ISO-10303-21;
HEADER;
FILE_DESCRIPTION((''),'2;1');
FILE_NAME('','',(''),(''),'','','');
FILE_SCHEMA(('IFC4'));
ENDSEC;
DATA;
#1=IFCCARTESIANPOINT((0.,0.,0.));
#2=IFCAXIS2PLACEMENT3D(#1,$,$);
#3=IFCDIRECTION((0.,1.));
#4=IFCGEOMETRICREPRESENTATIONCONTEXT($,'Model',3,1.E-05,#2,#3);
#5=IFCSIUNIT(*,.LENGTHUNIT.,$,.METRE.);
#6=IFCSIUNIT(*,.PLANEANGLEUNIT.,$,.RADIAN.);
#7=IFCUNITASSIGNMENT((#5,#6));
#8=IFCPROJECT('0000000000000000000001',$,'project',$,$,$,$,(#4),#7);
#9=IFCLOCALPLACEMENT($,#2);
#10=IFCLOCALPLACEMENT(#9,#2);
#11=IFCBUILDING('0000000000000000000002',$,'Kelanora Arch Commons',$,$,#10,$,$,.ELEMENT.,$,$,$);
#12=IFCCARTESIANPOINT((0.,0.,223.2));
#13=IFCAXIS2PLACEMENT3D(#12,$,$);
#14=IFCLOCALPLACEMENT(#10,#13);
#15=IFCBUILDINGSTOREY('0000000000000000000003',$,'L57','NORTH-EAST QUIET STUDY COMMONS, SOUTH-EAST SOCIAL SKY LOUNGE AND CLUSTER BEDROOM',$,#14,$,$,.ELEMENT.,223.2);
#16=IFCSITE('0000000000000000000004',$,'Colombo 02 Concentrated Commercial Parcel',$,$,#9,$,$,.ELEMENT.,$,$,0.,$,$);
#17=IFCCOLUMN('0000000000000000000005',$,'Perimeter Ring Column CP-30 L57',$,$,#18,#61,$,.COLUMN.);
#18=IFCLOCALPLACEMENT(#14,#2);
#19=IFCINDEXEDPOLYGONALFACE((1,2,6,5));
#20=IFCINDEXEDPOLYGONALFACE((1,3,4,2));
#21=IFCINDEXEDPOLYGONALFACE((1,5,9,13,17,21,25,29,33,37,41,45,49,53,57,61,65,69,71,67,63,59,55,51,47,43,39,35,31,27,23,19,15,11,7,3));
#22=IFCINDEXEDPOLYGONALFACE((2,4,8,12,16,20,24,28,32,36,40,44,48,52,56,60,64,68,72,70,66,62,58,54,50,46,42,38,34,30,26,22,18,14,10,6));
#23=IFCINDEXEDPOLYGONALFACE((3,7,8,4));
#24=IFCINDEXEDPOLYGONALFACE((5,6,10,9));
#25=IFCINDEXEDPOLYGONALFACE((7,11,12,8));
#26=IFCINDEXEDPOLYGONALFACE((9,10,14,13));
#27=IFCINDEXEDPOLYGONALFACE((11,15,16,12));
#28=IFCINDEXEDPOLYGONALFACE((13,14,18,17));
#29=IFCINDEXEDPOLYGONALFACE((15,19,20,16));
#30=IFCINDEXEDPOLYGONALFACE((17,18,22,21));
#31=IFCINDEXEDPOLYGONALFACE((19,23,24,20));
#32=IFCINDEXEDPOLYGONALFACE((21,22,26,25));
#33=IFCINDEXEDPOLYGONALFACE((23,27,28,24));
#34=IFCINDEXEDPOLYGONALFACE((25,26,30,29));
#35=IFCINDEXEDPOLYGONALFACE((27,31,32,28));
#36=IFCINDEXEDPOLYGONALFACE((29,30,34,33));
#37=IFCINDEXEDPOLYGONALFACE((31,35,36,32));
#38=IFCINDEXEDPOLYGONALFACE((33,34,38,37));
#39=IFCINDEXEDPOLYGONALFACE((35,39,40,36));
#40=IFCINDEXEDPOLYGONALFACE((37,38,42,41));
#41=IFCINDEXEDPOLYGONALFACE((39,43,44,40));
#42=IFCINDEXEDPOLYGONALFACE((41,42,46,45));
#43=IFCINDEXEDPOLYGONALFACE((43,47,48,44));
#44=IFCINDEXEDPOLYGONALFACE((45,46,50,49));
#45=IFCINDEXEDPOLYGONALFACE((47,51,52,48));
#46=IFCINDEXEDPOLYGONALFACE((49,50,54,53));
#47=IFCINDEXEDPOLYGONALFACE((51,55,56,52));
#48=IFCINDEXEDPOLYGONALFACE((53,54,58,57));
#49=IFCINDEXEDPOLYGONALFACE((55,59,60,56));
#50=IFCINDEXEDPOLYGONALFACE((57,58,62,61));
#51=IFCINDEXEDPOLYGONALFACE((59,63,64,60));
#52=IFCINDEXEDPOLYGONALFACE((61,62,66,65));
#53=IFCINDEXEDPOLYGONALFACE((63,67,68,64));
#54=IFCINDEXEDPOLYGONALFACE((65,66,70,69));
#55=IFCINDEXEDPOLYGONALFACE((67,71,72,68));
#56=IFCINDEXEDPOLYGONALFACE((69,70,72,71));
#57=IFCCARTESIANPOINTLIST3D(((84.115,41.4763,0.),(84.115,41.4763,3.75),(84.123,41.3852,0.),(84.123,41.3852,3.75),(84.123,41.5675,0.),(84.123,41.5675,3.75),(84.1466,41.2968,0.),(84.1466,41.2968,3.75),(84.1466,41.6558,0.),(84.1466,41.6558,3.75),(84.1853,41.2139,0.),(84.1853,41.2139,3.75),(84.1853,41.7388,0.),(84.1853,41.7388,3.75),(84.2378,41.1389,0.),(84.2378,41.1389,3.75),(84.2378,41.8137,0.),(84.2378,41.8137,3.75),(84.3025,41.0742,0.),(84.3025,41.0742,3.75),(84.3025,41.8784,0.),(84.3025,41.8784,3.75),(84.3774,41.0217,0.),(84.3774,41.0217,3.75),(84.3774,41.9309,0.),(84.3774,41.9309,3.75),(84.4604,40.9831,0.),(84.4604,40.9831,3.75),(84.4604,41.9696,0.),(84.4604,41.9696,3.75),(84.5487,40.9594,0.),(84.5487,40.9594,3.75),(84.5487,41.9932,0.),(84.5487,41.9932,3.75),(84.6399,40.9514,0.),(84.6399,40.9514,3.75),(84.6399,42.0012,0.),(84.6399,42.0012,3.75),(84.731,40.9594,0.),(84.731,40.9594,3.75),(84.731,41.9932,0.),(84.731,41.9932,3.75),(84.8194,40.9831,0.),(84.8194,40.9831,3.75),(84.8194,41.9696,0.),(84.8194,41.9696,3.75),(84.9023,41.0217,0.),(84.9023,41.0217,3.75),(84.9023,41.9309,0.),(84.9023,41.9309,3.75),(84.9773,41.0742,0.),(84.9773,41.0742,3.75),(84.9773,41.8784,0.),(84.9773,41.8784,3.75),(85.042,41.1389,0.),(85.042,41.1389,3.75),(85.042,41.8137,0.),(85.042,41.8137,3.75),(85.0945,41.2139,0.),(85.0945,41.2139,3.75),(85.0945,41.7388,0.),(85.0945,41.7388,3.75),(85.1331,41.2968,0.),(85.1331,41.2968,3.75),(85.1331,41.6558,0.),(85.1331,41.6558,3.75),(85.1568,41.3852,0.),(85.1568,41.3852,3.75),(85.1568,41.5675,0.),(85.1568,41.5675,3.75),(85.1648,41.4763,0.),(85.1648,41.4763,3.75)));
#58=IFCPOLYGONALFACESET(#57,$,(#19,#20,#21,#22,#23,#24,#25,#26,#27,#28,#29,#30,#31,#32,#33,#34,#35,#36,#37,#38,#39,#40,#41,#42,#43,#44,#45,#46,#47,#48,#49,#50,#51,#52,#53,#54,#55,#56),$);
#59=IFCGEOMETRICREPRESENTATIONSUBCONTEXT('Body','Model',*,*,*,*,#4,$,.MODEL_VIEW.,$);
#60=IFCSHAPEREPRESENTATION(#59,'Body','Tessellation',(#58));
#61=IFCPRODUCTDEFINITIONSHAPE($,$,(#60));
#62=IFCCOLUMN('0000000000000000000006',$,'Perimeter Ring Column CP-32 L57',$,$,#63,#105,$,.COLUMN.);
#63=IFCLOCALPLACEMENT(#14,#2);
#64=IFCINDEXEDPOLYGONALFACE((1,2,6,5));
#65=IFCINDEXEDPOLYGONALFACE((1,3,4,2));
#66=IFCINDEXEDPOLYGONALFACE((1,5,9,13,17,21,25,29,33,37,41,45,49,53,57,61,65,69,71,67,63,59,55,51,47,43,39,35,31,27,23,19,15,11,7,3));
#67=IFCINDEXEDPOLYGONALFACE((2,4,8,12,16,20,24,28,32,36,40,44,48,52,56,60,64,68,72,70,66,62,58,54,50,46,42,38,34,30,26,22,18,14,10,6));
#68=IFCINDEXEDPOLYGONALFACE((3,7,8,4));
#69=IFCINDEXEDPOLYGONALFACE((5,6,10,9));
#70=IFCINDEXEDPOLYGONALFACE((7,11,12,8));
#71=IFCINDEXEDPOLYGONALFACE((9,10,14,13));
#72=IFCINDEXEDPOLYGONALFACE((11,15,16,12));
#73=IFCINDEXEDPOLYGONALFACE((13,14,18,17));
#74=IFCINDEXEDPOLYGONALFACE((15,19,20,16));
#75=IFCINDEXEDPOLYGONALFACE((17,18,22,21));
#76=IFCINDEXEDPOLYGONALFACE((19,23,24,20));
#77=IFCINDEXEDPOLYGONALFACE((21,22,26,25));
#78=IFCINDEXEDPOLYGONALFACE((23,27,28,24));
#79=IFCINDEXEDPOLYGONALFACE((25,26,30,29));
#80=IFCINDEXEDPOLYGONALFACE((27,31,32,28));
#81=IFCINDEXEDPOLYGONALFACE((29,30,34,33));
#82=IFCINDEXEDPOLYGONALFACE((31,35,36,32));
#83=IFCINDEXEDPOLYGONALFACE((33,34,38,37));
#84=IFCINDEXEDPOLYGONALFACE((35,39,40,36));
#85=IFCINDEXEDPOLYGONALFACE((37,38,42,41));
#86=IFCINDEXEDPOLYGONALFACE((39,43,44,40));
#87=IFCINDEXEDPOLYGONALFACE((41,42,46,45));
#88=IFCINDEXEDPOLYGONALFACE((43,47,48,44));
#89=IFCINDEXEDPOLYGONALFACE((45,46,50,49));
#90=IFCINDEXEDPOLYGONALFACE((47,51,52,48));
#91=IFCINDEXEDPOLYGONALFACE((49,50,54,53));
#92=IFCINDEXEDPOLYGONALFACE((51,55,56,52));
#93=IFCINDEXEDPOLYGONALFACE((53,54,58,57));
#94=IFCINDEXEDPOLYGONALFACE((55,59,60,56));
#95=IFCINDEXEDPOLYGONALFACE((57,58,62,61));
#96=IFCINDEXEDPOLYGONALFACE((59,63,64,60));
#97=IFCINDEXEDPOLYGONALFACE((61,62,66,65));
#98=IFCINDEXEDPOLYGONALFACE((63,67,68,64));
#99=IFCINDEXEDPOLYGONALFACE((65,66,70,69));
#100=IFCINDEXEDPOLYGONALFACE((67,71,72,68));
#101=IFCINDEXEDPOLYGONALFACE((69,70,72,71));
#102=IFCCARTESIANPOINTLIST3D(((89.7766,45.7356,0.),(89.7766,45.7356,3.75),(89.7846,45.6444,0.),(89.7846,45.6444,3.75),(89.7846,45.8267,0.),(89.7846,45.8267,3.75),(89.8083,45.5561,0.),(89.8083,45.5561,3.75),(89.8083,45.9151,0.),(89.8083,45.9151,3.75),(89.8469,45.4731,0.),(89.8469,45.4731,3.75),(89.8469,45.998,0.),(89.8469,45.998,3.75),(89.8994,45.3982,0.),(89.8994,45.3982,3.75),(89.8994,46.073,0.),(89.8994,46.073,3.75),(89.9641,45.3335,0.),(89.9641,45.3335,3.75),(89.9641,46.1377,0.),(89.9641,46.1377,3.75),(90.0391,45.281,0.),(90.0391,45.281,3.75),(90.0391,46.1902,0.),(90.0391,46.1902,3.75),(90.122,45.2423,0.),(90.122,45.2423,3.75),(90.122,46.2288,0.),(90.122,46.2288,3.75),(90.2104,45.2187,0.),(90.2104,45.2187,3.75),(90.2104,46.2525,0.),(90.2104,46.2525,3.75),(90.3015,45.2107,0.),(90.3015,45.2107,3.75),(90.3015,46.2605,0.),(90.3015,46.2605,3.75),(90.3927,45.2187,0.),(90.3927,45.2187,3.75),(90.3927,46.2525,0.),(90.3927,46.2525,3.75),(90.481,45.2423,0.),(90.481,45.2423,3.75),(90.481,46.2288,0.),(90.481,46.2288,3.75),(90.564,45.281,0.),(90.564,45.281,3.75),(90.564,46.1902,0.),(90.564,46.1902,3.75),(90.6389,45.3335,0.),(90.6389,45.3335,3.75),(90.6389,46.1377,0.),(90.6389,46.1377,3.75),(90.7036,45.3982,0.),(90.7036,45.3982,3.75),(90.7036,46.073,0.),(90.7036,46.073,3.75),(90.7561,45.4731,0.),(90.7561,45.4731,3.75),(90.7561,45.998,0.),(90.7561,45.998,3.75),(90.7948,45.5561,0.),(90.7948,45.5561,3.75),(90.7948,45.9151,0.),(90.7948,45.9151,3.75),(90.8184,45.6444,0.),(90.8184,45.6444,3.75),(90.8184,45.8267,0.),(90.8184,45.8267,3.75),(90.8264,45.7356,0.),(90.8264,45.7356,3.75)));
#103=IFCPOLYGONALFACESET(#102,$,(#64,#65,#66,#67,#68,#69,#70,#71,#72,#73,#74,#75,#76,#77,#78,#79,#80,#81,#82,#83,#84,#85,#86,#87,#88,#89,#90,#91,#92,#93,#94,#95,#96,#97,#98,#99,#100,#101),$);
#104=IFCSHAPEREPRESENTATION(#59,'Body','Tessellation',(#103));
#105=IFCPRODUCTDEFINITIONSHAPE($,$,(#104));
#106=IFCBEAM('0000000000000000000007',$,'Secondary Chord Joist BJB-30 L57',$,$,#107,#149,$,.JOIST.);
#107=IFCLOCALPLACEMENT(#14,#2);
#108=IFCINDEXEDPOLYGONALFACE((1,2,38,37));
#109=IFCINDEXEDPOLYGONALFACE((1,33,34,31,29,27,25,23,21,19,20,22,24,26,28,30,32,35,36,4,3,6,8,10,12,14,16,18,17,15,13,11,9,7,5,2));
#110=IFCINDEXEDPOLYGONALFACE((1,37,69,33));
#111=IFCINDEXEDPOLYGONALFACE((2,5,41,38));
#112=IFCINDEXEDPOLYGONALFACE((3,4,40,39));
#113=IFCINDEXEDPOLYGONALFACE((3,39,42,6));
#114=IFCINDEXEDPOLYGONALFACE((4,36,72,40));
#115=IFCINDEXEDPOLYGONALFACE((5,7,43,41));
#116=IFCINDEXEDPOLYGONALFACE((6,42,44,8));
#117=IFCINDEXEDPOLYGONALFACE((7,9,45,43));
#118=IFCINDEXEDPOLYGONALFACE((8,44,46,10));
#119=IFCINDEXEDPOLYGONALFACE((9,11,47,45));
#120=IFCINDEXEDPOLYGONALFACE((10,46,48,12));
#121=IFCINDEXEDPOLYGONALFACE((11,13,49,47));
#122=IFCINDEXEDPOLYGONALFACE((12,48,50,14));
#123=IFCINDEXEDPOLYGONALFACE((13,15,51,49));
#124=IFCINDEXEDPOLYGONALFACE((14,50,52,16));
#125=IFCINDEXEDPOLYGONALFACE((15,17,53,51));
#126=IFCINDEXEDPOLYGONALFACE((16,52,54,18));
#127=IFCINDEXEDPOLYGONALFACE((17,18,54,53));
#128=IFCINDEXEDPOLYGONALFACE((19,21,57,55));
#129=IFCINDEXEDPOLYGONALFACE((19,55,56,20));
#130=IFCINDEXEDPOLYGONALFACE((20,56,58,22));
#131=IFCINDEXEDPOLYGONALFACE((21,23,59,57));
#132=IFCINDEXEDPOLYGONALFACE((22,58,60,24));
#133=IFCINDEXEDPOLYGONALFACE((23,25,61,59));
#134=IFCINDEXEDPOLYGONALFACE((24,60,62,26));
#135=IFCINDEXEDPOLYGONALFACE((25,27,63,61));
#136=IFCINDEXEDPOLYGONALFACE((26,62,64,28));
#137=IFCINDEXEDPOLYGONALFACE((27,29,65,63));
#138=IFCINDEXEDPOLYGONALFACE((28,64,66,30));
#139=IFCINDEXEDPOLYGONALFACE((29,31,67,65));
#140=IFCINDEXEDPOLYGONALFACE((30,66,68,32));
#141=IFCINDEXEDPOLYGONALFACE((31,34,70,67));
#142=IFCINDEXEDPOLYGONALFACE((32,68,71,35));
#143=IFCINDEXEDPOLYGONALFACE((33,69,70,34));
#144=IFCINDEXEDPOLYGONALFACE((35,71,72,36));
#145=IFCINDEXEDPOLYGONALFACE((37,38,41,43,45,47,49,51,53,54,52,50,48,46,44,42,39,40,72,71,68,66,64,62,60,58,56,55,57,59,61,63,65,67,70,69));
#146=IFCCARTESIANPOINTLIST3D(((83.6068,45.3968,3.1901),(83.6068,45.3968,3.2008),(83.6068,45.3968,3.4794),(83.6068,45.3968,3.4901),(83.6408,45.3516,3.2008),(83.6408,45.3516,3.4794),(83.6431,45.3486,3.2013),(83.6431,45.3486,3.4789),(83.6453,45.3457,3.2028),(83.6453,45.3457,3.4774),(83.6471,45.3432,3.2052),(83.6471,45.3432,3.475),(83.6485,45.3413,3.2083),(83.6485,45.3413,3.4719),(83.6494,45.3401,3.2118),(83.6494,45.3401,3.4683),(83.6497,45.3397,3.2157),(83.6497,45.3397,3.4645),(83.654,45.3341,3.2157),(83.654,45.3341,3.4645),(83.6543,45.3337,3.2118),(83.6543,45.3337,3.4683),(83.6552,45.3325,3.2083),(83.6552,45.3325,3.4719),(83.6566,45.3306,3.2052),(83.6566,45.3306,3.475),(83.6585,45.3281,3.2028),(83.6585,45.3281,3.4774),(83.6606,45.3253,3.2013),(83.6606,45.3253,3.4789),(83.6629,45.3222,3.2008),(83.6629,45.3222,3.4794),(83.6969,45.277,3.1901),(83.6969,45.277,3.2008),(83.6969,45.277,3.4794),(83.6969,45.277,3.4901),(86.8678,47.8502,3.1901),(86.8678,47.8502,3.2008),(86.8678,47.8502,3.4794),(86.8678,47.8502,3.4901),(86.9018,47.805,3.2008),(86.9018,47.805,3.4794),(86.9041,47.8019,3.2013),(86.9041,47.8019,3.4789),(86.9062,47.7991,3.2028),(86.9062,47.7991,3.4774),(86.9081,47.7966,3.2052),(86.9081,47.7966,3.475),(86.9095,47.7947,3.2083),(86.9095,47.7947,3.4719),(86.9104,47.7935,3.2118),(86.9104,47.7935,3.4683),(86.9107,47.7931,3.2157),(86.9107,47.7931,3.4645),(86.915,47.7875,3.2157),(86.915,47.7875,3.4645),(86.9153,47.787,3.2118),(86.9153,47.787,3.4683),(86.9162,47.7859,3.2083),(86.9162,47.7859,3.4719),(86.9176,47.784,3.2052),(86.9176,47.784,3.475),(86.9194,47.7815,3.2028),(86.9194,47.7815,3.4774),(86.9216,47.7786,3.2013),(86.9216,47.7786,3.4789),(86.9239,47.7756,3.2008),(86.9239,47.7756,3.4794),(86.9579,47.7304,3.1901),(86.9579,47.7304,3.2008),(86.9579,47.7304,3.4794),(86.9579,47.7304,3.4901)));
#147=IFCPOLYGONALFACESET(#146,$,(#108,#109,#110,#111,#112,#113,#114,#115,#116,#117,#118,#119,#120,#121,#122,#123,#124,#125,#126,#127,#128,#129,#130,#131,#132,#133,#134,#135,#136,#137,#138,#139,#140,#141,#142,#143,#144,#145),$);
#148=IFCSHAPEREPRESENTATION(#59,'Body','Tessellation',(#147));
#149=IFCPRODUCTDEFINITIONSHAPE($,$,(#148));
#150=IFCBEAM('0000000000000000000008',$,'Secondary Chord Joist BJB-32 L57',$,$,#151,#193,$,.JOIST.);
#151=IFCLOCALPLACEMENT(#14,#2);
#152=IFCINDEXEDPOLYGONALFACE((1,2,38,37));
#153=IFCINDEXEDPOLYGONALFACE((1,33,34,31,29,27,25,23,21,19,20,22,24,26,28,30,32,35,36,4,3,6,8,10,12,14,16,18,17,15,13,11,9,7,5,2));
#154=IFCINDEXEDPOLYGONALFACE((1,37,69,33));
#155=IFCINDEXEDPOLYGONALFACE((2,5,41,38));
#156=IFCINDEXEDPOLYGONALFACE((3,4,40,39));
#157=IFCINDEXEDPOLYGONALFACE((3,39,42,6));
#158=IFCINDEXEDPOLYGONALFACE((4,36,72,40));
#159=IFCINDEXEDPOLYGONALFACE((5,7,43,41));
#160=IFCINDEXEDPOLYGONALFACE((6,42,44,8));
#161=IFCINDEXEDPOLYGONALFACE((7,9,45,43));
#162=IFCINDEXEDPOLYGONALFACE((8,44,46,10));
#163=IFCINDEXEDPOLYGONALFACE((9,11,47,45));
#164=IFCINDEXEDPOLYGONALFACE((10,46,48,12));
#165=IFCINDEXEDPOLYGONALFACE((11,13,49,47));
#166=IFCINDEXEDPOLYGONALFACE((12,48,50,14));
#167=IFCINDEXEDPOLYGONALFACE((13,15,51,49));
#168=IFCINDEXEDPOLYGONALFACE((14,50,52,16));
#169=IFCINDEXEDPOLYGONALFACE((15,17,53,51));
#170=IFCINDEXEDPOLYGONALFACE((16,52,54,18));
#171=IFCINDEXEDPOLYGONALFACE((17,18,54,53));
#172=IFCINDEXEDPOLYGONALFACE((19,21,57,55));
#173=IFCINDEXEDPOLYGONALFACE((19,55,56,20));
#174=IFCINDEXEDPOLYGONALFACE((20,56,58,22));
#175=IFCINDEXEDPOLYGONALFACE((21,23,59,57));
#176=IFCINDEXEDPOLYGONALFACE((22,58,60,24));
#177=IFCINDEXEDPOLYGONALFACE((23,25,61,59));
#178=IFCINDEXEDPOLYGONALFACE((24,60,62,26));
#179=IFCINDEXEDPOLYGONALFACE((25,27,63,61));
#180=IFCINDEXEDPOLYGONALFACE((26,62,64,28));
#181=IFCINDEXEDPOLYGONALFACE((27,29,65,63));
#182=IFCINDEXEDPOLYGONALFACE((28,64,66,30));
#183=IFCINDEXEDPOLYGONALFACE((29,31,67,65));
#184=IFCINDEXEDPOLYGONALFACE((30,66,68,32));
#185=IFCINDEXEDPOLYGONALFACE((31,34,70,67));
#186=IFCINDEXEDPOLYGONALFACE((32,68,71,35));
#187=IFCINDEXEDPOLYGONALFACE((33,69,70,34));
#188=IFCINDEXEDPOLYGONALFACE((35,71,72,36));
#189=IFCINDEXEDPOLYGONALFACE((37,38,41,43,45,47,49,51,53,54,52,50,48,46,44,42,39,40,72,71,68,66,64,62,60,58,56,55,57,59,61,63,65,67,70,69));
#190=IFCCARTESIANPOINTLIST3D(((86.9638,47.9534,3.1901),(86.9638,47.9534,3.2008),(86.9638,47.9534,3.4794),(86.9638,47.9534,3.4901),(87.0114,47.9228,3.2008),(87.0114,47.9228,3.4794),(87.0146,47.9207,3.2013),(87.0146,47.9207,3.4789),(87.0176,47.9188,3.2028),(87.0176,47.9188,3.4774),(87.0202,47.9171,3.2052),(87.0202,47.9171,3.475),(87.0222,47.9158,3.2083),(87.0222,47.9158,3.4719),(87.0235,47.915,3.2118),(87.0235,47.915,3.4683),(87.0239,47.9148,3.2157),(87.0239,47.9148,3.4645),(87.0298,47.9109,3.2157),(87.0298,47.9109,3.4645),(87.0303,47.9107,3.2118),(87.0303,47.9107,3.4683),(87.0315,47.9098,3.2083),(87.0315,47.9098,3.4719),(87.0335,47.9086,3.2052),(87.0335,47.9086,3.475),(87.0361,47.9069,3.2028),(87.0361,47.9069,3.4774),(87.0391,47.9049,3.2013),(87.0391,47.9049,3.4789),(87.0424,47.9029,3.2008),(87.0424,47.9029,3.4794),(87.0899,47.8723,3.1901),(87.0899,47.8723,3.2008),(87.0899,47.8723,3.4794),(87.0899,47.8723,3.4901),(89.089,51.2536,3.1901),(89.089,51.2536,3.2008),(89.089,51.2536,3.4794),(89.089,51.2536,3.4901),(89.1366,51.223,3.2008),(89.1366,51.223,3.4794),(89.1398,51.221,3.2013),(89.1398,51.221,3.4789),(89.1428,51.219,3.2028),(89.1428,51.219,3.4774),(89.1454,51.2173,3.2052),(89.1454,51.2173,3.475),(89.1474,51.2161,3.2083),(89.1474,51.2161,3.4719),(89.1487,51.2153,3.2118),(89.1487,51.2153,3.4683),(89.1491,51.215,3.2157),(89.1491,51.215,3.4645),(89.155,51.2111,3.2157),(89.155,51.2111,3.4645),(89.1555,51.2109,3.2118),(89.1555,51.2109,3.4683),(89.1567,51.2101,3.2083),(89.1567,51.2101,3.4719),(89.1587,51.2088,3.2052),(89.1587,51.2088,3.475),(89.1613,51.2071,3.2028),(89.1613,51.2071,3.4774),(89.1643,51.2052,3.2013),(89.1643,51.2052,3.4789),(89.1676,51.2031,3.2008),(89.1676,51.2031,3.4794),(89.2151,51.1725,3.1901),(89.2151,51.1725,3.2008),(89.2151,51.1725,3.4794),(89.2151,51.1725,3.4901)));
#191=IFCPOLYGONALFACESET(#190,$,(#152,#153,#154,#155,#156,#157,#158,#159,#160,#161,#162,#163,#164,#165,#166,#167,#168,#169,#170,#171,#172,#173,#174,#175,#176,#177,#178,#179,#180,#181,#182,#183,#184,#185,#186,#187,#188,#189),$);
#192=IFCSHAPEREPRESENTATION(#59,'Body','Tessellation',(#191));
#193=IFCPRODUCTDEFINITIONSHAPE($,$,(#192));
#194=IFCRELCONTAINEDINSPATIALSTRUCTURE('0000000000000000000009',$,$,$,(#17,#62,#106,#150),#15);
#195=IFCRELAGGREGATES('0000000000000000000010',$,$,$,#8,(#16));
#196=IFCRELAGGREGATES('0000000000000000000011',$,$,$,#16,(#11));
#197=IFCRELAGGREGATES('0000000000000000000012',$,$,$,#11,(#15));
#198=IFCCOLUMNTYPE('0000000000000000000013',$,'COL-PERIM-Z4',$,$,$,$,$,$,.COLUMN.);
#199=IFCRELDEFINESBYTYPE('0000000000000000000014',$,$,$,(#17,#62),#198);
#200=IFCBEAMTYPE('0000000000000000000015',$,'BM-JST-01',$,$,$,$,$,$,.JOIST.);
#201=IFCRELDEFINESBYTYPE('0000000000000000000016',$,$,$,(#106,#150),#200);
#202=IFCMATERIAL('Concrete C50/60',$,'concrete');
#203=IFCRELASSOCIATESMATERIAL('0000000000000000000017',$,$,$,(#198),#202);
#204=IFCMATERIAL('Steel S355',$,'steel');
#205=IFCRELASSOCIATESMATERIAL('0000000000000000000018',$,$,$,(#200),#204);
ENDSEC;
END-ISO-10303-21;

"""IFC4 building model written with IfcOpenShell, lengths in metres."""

from ifc_helpers import new_model, si_unit, direction, frame, origin, origin_2d, place, context, subcontext, project, spatial, circle, i_section, extrude, material, material_profile, profile_set, type_object, element, save


model = new_model("IFC4")

# Units and contexts
model_context = context("Model", 3, precision=1e-05, world=origin(), true_north=direction((0.0, 1.0)))
body_context = subcontext(model_context, "Body", "Model", "MODEL_VIEW")
ifc_project = project(units=[si_unit("LENGTHUNIT", "METRE"), si_unit("PLANEANGLEUNIT", "RADIAN")], contexts=[model_context])

# Site, building, storey
site_placement = place(None, origin())
site = spatial("IfcSite", under=ifc_project, at=site_placement, Name="Colombo 02 Concentrated Commercial Parcel", CompositionType="ELEMENT", RefElevation=0.0)
building_placement = place(site_placement, origin())
building = spatial("IfcBuilding", under=site, at=building_placement, Name="Kelanora Arch Commons", CompositionType="ELEMENT")
storey_placement = place(building_placement, frame((0.0, 0.0, 223.2)))
storey = spatial("IfcBuildingStorey", under=building, at=storey_placement, Name="L57", Description="NORTH-EAST QUIET STUDY COMMONS, SOUTH-EAST SOCIAL SKY LOUNGE AND CLUSTER BEDROOM", CompositionType="ELEMENT", Elevation=223.2)

# Columns
ifc_material_1 = material(Name="Concrete C50/60", Category="concrete")
ifc_material_profile_1 = material_profile(ifc_material_1, circle(Radius=0.5249, at=origin_2d()), Name="RCC1050")
ifc_profile_set_1 = profile_set([ifc_material_profile_1], Name="Concrete C50/60")
column_type = type_object("IfcColumnType", Name="COL-PERIM-Z4", PredefinedType="COLUMN", material=ifc_profile_set_1)
for number, where, z_axis, x_axis, name in (
    (1, (84.6399, 41.4763, 0.0), (0.0, 0.0, 1.0), (1.0, 0.0, 0.0), "Perimeter Ring Column CP-30 L57"),
    (2, (90.3015, 45.7356, 0.0), (0.0, 0.0, 1.0), (1.0, 0.0, 0.0), "Perimeter Ring Column CP-32 L57"),
):
    element("IfcColumn", number, at=place(storey_placement, frame(where, z_axis=z_axis, x_axis=x_axis)), inside=storey, type_object=column_type, Name=name, PredefinedType="COLUMN", context=body_context, shape_type="SweptSolid", body=[
        extrude(circle(Radius=0.5249, at=origin_2d()), origin(), (0.0, 0.0, 1.0), 3.75),
    ])

# Beams
ifc_material_2 = material(Name="Steel S355", Category="steel")
ifc_material_profile_2 = material_profile(ifc_material_2, i_section(OverallWidth=0.1499, OverallDepth=0.3, WebThickness=0.0071, FlangeThickness=0.0107, FilletRadius=0.0149, at=origin_2d()), Name="IPE300")
ifc_profile_set_2 = profile_set([ifc_material_profile_2], Name="Steel S355")
beam_type_1 = type_object("IfcBeamType", Name="BM-JST-01", PredefinedType="JOIST", material=ifc_profile_set_2)
beam_1_placement = place(storey_placement, frame((83.6519, 45.3369, 3.3401), z_axis=(0.799102, 0.601196, 0.0), x_axis=(-0.601196, 0.799102, 0.0)))
element("IfcBeam", 3, at=beam_1_placement, inside=storey, type_object=beam_type_1, Name="Secondary Chord Joist BJB-30 L57", PredefinedType="JOIST", context=body_context, shape_type="SweptSolid", body=[
    extrude(i_section(OverallWidth=0.1499, OverallDepth=0.3, WebThickness=0.0071, FlangeThickness=0.0107, FilletRadius=0.0149, at=origin_2d()), origin(), (0.0, 0.0, 1.0), 4.0808),
])
beam_2_placement = place(storey_placement, frame((87.0269, 47.9128, 3.3401), z_axis=(0.541411, 0.840758, 0.0), x_axis=(-0.840758, 0.541411, 0.0)))
element("IfcBeam", 4, at=beam_2_placement, inside=storey, type_object=beam_type_1, Name="Secondary Chord Joist BJB-32 L57", PredefinedType="JOIST", context=body_context, shape_type="SweptSolid", body=[
    extrude(i_section(OverallWidth=0.1499, OverallDepth=0.3, WebThickness=0.0071, FlangeThickness=0.0107, FilletRadius=0.0149, at=origin_2d()), origin(), (0.0, 0.0, 1.0), 3.9253),
])

save(model, "model.ifc")
